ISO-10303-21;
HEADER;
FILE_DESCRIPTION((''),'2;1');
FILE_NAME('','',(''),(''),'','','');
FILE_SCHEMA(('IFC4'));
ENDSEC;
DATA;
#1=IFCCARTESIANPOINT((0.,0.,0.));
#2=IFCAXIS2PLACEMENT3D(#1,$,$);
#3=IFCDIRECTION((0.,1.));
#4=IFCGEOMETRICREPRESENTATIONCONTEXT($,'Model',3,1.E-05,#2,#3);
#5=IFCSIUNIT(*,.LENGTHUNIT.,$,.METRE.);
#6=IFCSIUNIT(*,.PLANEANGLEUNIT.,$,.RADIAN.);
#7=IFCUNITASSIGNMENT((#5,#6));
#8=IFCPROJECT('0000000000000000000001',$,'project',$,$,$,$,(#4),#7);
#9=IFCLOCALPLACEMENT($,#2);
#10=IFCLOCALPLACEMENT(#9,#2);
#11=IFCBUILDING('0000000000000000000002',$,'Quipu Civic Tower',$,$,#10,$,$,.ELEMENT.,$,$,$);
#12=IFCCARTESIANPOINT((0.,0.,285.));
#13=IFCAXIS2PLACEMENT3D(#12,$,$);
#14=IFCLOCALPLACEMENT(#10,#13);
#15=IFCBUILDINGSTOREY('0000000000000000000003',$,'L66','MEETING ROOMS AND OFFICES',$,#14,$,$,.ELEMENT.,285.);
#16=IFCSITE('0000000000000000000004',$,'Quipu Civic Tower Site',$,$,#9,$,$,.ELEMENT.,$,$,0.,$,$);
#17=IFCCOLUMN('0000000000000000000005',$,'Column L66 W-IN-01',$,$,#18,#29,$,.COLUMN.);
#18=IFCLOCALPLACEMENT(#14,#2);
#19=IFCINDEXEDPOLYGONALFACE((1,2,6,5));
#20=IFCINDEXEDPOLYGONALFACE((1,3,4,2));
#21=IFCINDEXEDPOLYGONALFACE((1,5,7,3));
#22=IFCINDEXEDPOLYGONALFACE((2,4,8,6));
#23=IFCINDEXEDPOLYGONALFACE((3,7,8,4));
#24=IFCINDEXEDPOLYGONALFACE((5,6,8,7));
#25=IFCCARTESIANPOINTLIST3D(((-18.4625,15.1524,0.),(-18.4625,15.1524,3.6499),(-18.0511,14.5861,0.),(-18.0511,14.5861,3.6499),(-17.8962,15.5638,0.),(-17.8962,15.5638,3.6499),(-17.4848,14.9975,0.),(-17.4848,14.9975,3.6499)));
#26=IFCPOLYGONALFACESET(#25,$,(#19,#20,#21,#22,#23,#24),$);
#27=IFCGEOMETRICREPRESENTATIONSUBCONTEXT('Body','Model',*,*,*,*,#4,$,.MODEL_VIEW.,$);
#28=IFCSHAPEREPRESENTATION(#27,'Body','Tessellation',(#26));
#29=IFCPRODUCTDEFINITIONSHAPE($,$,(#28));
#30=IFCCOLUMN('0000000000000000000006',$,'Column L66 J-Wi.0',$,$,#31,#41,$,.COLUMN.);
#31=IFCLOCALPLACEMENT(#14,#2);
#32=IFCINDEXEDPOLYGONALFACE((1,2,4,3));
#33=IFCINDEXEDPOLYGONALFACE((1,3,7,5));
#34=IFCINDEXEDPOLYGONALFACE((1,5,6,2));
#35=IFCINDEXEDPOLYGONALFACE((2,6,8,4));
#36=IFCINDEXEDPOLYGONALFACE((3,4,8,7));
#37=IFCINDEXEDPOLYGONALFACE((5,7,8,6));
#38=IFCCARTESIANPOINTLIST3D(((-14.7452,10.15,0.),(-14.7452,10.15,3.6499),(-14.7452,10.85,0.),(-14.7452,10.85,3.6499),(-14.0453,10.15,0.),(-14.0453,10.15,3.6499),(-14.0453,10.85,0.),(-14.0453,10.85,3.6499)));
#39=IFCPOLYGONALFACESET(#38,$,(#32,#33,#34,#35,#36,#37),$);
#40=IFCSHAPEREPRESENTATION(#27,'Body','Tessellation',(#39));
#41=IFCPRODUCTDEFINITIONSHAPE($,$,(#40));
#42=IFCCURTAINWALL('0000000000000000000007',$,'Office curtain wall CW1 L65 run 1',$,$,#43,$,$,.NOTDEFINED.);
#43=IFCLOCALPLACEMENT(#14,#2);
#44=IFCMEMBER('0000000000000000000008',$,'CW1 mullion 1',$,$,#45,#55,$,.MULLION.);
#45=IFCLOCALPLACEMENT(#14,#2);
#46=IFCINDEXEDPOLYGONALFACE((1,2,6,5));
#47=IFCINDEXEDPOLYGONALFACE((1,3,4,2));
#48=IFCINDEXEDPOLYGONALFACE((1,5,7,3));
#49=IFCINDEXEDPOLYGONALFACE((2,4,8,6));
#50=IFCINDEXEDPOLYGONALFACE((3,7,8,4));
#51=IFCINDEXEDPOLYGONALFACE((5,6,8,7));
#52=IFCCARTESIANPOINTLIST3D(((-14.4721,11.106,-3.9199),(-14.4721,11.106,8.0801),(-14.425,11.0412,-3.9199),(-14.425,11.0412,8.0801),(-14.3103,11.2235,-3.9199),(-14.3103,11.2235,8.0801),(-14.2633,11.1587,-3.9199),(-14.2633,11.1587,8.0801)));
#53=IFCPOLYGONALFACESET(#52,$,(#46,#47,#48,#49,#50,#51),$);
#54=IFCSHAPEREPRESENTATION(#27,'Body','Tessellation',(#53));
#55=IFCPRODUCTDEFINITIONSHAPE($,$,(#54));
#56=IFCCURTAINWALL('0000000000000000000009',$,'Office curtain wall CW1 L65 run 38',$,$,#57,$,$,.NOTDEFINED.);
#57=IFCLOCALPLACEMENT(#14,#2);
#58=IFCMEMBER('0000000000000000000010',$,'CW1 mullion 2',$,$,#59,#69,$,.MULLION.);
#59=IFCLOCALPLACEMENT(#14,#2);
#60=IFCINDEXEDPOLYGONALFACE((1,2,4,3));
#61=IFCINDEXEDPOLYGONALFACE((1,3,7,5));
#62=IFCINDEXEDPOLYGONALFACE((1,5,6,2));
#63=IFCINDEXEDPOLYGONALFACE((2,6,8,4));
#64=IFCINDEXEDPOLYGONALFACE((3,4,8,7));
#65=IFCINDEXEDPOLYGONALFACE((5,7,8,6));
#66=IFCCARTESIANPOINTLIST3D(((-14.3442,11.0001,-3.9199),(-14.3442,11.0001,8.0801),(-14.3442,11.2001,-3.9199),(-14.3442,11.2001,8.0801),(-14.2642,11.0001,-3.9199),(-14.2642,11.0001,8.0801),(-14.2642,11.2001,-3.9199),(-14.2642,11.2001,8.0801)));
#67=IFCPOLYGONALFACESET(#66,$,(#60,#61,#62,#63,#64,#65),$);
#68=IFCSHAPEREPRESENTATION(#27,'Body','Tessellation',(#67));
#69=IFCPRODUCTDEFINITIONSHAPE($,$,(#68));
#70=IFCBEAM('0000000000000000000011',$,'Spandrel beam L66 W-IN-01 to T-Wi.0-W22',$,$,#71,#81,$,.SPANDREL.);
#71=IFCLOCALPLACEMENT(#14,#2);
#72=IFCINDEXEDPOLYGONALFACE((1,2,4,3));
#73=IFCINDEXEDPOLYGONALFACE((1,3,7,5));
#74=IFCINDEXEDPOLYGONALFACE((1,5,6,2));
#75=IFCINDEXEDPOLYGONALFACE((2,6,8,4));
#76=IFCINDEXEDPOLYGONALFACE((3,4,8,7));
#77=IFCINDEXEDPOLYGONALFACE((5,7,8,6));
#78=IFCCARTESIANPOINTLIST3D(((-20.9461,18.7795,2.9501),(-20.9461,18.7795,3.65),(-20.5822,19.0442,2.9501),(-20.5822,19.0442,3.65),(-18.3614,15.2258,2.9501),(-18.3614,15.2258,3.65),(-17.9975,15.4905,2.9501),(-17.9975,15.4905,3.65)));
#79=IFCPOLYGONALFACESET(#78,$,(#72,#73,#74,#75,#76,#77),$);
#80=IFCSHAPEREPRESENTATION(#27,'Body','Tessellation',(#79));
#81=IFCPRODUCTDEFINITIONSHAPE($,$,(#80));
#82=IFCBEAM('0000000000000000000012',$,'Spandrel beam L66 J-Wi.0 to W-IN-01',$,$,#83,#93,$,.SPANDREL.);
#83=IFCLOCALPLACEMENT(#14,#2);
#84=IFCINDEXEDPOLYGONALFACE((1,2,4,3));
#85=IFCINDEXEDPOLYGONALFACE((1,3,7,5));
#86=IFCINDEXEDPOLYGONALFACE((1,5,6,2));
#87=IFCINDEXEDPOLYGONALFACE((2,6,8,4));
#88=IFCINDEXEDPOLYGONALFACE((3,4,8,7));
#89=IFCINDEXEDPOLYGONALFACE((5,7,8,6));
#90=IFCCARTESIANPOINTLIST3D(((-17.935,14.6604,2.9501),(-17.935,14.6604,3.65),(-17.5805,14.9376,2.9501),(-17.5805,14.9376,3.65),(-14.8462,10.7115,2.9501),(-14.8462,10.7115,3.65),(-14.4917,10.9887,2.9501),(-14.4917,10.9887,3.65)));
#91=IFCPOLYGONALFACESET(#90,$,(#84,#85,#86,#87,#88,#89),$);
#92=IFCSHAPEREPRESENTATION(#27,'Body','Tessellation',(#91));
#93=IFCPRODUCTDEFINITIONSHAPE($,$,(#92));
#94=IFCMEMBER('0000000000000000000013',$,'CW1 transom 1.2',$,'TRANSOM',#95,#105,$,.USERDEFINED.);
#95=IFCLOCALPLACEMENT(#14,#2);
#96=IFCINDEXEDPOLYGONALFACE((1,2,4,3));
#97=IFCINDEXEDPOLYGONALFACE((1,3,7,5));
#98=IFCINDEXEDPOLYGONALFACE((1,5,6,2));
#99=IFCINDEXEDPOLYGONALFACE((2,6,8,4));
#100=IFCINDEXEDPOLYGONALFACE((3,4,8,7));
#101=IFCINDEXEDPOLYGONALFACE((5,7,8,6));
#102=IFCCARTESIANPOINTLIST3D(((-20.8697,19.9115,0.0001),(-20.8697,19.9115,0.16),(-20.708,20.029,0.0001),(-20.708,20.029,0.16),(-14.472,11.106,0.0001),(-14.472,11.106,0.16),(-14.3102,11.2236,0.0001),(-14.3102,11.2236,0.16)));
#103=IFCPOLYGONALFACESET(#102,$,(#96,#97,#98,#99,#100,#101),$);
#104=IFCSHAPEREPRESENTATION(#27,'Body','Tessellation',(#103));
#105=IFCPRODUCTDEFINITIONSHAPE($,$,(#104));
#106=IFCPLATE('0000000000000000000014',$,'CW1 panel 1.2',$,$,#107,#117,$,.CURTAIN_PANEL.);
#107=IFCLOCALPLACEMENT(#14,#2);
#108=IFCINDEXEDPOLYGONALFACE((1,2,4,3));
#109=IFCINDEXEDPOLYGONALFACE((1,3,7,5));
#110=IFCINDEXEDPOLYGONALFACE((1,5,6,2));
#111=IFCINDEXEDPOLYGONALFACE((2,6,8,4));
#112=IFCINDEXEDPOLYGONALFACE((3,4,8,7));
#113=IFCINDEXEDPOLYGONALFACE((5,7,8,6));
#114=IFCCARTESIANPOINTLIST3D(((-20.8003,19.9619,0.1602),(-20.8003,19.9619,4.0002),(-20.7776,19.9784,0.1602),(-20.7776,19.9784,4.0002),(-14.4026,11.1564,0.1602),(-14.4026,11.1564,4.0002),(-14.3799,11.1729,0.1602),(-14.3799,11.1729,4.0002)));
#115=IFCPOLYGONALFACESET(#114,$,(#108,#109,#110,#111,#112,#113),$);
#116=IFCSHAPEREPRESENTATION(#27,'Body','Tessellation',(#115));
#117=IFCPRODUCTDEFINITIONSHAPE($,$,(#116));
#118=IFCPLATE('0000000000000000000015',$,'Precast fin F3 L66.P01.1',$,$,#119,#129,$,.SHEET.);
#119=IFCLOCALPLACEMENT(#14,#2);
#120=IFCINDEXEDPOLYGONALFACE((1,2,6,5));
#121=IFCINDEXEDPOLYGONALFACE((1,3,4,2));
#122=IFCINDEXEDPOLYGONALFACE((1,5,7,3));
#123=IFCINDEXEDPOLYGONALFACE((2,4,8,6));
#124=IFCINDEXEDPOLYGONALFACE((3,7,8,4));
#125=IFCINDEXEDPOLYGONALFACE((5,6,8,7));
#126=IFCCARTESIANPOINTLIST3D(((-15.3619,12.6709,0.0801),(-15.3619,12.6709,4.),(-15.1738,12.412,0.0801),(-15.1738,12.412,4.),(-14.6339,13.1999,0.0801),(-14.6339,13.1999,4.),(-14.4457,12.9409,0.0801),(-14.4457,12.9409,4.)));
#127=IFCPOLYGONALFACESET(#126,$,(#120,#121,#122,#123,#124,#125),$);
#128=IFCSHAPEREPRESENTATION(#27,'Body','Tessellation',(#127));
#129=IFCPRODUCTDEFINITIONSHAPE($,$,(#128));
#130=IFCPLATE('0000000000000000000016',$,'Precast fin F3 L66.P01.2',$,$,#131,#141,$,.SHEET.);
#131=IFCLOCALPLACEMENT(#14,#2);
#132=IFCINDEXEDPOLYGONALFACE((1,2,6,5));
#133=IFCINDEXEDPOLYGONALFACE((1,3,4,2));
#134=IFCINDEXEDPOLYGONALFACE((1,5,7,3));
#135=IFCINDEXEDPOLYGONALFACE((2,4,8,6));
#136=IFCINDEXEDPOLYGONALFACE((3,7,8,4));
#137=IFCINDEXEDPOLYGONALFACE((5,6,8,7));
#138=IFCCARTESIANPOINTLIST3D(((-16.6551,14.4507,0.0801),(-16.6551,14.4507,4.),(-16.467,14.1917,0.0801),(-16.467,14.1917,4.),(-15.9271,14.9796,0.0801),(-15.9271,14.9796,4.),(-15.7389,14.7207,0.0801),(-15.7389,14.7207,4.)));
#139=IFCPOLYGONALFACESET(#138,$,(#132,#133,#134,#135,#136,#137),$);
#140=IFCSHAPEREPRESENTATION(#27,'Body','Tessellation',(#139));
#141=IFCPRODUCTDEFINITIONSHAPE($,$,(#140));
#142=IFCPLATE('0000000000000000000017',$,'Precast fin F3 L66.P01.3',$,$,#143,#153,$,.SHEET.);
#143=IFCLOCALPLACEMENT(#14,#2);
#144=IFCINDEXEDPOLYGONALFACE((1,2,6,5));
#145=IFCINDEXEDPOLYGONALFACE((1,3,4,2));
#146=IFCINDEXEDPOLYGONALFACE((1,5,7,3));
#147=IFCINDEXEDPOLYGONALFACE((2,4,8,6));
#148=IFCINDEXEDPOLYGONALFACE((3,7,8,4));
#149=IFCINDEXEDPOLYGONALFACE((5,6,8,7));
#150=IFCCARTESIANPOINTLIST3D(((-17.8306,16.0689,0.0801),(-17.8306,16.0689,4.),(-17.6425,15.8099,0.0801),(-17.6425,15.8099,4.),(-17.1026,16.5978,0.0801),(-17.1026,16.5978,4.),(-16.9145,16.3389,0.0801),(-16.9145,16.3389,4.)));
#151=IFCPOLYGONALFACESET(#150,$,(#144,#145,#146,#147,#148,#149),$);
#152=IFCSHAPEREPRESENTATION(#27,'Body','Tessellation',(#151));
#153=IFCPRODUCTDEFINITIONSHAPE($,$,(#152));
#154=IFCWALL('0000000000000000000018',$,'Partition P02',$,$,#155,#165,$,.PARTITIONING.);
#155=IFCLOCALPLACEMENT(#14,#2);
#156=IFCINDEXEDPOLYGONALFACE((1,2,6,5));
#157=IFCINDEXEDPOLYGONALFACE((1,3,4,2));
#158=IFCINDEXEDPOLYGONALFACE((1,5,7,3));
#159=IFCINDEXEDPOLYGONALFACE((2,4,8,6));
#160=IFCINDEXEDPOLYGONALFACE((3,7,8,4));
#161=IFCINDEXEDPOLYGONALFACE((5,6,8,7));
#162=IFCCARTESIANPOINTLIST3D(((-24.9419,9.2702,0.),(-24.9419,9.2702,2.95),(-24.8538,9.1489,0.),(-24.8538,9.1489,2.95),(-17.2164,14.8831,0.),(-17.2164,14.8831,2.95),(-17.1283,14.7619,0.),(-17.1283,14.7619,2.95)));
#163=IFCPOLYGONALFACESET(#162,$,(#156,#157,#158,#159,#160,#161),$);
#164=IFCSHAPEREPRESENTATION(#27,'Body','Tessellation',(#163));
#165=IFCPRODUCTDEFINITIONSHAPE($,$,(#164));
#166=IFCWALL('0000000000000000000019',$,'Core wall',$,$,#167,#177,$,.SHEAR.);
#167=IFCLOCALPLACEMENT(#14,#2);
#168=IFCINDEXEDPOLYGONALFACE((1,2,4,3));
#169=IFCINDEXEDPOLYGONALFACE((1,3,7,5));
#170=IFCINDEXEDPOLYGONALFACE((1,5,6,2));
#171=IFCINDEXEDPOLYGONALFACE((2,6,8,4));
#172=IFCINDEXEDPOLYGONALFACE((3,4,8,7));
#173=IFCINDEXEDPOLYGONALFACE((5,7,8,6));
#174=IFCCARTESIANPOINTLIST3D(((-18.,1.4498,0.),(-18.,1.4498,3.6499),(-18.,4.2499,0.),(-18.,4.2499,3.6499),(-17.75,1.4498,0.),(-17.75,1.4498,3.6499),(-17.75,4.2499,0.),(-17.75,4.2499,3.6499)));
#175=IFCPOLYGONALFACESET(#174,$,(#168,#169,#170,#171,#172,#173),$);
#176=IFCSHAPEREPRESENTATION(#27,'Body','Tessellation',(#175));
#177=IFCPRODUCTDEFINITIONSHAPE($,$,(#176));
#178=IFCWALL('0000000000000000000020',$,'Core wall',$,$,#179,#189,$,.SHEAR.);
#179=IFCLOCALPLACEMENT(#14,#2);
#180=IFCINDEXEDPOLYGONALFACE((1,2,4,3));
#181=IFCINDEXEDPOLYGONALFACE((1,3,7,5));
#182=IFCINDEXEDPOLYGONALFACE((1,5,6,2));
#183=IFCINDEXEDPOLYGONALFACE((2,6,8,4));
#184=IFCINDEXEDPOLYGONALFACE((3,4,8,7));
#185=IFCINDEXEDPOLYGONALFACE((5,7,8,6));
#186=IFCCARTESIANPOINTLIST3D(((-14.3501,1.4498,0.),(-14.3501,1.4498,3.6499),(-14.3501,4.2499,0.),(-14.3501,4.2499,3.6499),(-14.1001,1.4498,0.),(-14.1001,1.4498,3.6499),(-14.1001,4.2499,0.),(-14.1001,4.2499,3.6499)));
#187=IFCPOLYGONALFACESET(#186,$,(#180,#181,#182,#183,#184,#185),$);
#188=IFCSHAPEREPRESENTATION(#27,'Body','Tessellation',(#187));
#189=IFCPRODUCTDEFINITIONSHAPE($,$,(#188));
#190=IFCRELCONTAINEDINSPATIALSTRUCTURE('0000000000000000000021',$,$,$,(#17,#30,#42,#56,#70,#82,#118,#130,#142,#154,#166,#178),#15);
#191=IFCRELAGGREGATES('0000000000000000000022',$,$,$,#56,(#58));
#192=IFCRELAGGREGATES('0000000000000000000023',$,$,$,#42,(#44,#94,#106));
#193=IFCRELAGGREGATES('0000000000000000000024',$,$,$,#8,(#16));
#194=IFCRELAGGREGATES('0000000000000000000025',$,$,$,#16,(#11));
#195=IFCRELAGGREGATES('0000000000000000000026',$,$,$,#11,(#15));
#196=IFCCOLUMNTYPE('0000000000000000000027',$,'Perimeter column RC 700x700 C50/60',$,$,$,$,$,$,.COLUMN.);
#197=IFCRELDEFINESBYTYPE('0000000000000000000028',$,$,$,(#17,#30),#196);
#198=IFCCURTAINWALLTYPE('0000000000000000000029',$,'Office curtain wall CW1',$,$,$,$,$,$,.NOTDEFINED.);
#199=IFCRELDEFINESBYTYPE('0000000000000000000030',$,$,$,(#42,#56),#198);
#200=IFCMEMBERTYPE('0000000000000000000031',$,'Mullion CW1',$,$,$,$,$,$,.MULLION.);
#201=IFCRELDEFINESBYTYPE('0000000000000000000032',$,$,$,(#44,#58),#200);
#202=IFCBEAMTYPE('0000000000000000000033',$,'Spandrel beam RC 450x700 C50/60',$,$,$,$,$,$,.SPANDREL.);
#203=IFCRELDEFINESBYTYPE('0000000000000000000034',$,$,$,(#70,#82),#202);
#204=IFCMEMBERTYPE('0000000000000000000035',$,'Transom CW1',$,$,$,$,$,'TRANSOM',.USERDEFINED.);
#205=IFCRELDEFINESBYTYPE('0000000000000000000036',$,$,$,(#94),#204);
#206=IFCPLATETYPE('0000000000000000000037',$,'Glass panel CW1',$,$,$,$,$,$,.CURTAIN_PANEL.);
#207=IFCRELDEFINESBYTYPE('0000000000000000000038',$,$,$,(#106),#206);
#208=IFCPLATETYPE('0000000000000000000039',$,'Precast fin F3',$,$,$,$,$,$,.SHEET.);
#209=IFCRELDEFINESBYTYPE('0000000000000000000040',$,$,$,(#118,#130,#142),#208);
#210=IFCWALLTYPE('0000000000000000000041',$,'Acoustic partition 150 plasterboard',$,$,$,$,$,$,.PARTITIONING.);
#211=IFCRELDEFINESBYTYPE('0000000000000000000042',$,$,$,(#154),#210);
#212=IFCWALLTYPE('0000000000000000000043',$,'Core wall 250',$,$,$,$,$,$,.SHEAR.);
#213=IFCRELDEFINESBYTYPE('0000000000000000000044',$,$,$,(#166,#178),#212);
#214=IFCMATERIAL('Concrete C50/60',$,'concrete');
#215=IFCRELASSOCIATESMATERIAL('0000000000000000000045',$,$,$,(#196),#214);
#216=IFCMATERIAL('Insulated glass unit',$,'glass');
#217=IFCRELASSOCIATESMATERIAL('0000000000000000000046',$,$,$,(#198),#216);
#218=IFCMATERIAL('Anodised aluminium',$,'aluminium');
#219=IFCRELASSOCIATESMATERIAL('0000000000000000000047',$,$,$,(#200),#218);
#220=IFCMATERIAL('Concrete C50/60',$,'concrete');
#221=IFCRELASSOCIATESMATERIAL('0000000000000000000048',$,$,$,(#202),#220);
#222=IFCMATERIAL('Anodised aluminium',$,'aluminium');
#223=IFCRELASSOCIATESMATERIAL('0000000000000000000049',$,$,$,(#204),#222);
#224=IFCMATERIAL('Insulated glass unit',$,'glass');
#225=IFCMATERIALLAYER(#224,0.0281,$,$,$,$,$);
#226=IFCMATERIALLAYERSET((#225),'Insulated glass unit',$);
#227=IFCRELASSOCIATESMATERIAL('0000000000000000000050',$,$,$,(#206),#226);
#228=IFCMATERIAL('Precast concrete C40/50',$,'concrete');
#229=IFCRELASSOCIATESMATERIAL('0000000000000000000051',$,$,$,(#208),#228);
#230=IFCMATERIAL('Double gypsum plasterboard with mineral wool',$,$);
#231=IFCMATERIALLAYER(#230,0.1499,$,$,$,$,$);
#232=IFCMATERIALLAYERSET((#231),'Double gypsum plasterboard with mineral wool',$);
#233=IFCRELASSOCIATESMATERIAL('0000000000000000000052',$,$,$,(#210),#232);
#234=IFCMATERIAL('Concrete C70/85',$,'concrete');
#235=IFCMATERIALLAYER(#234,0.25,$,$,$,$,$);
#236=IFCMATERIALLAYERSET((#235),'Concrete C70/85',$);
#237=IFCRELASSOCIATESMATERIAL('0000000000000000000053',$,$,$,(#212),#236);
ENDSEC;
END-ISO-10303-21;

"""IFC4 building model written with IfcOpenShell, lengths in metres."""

from ifc_helpers import new_model, si_unit, direction, frame, frame_2d, origin, origin_2d, place, context, subcontext, project, spatial, rectangle, extrude, material, layer, layer_set, material_profile, profile_set, type_object, element, aggregate, save


model = new_model("IFC4")

# Units and contexts
model_context = context("Model", 3, precision=1e-05, world=origin(), true_north=direction((0.0, 1.0)))
body_context = subcontext(model_context, "Body", "Model", "MODEL_VIEW")
ifc_project = project(units=[si_unit("LENGTHUNIT", "METRE"), si_unit("PLANEANGLEUNIT", "RADIAN")], contexts=[model_context])

# Site, building, storey
site_placement = place(None, origin())
site = spatial("IfcSite", under=ifc_project, at=site_placement, Name="Quipu Civic Tower Site", CompositionType="ELEMENT", RefElevation=0.0)
building_placement = place(site_placement, origin())
building = spatial("IfcBuilding", under=site, at=building_placement, Name="Quipu Civic Tower", CompositionType="ELEMENT")
storey_placement = place(building_placement, frame((0.0, 0.0, 285.0)))
storey = spatial("IfcBuildingStorey", under=building, at=storey_placement, Name="L66", Description="MEETING ROOMS AND OFFICES", CompositionType="ELEMENT", Elevation=285.0)

# Columns
ifc_material_1 = material(Name="Concrete C50/60", Category="concrete")
ifc_material_profile_1 = material_profile(ifc_material_1, rectangle(XDim=0.7, YDim=0.7, at=origin_2d()), Name="RC700x700")
ifc_profile_set_1 = profile_set([ifc_material_profile_1], Name="Concrete C50/60")
column_type = type_object("IfcColumnType", Name="Perimeter column RC 700x700 C50/60", PredefinedType="COLUMN", material=ifc_profile_set_1)
for number, where, z_axis, x_axis, name in (
    (1, (-17.9736, 15.075, 0.0), (0.0, 0.0, 1.0), (-0.587785, 0.809017, 0.0), "Column L66 W-IN-01"),
    (2, (-14.3953, 10.5, 0.0), (0.0, 0.0, 1.0), (-1.0, 0.0, 0.0), "Column L66 J-Wi.0"),
):
    element("IfcColumn", number, at=place(storey_placement, frame(where, z_axis=z_axis, x_axis=x_axis)), inside=storey, type_object=column_type, Name=name, PredefinedType="COLUMN", context=body_context, shape_type="SweptSolid", body=[
        extrude(rectangle(XDim=0.7, YDim=0.7, at=origin_2d()), origin(), (0.0, 0.0, 1.0), 3.6499),
    ])

# Curtain walls, members
ifc_material_2 = material(Name="Insulated glass unit", Category="glass")
curtain_wall_type = type_object("IfcCurtainWallType", Name="Office curtain wall CW1", PredefinedType="NOTDEFINED", material=ifc_material_2)
curtain_wall_1_placement = place(storey_placement, origin())
curtain_wall_1 = element("IfcCurtainWall", 3, at=curtain_wall_1_placement, inside=storey, type_object=curtain_wall_type, Name="Office curtain wall CW1 L65 run 1", PredefinedType="NOTDEFINED")
ifc_material_3 = material(Name="Anodised aluminium", Category="aluminium")
ifc_material_profile_2 = material_profile(ifc_material_3, rectangle(XDim=0.2, YDim=0.0801, at=origin_2d()), Name="RECT 200x80")
ifc_profile_set_2 = profile_set([ifc_material_profile_2], Name="Anodised aluminium")
member_type_1 = type_object("IfcMemberType", Name="Mullion CW1", PredefinedType="MULLION", material=ifc_profile_set_2)
member_1_placement = place(storey_placement, frame((-14.3677, 11.1323, -3.9199), z_axis=(0.0, 0.0, 1.0), x_axis=(-0.809015, -0.587788, 0.0)))
member_1 = element("IfcMember", 4, at=member_1_placement, type_object=member_type_1, Name="CW1 mullion 1", PredefinedType="MULLION", context=body_context, shape_type="SweptSolid", body=[
    extrude(rectangle(XDim=0.2, YDim=0.0801, at=origin_2d()), origin(), (0.0, 0.0, 1.0), 12.0),
])
curtain_wall_2_placement = place(storey_placement, origin())
curtain_wall_2 = element("IfcCurtainWall", 5, at=curtain_wall_2_placement, inside=storey, type_object=curtain_wall_type, Name="Office curtain wall CW1 L65 run 38", PredefinedType="NOTDEFINED")
member_2_placement = place(storey_placement, frame((-14.3042, 11.1001, -3.9199), z_axis=(0.0, 0.0, 1.0), x_axis=(0.0, -1.0, 0.0)))
member_2 = element("IfcMember", 6, at=member_2_placement, type_object=member_type_1, Name="CW1 mullion 2", PredefinedType="MULLION", context=body_context, shape_type="SweptSolid", body=[
    extrude(rectangle(XDim=0.2, YDim=0.0801, at=origin_2d()), origin(), (0.0, 0.0, 1.0), 12.0),
])
aggregate(curtain_wall_2, [member_2])

# Beams
ifc_material_4 = material(Name="Concrete C50/60", Category="concrete")
ifc_material_profile_3 = material_profile(ifc_material_4, rectangle(XDim=0.45, YDim=0.7, at=origin_2d()), Name="RC450x700")
ifc_profile_set_3 = profile_set([ifc_material_profile_3], Name="Concrete C50/60")
beam_type = type_object("IfcBeamType", Name="Spandrel beam RC 450x700 C50/60", PredefinedType="SPANDREL", material=ifc_profile_set_3)
beam_1_placement = place(storey_placement, frame((-18.1794, 15.3582, 3.3), z_axis=(-0.588201, 0.808714, 0.0), x_axis=(-0.808714, -0.588201, 0.0)))
element("IfcBeam", 7, at=beam_1_placement, inside=storey, type_object=beam_type, Name="Spandrel beam L66 W-IN-01 to T-Wi.0-W22", PredefinedType="SPANDREL", context=body_context, shape_type="SweptSolid", body=[
    extrude(rectangle(XDim=0.45, YDim=0.7, at=origin_2d()), origin(), (0.0, 0.0, 1.0), 4.3943),
])
beam_2_placement = place(storey_placement, frame((-14.6689, 10.8501, 3.3), z_axis=(-0.616106, 0.787663, 0.0), x_axis=(-0.787663, -0.616106, 0.0)))
element("IfcBeam", 8, at=beam_2_placement, inside=storey, type_object=beam_type, Name="Spandrel beam L66 J-Wi.0 to W-IN-01", PredefinedType="SPANDREL", context=body_context, shape_type="SweptSolid", body=[
    extrude(rectangle(XDim=0.45, YDim=0.7, at=origin_2d()), origin(), (0.0, 0.0, 1.0), 5.0134),
])

# Member
ifc_material_5 = material(Name="Anodised aluminium", Category="aluminium")
ifc_material_profile_4 = material_profile(ifc_material_5, rectangle(XDim=0.2, YDim=0.1599, at=origin_2d()), Name="RECT 200x160")
ifc_profile_set_4 = profile_set([ifc_material_profile_4], Name="Anodised aluminium")
member_type_2 = type_object("IfcMemberType", Name="Transom CW1", ElementType="TRANSOM", PredefinedType="USERDEFINED", material=ifc_profile_set_4)
member_3_placement = place(storey_placement, frame((-14.3911, 11.1648, 0.0801), z_axis=(-0.587797, 0.809009, 0.0), x_axis=(-0.809009, -0.587797, 0.0)))
member_3 = element("IfcMember", 9, at=member_3_placement, type_object=member_type_2, Name="CW1 transom 1.2", ObjectType="TRANSOM", PredefinedType="USERDEFINED", context=body_context, shape_type="SweptSolid", body=[
    extrude(rectangle(XDim=0.2, YDim=0.1599, at=origin_2d()), origin(), (0.0, 0.0, 1.0), 10.8843),
])

# Plate
ifc_material_6 = material(Name="Insulated glass unit", Category="glass")
ifc_layer_1 = layer(ifc_material_6, 0.0281)
ifc_layer_set_1 = layer_set([ifc_layer_1], Name="Insulated glass unit")
plate_type_1 = type_object("IfcPlateType", Name="Glass panel CW1", PredefinedType="CURTAIN_PANEL", material=ifc_layer_set_1)
plate_placement = place(storey_placement, frame((-17.5901, 15.5674, 0.1602), z_axis=(0.0, 0.0, 1.0), x_axis=(-0.587788, 0.809015, 0.0)))
plate = element("IfcPlate", 10, at=plate_placement, type_object=plate_type_1, Name="CW1 panel 1.2", PredefinedType="CURTAIN_PANEL", context=body_context, shape_type="SweptSolid", body=[
    extrude(rectangle(XDim=10.8843, YDim=0.0281, at=origin_2d()), origin(), (0.0, 0.0, 1.0), 3.8401),
])
aggregate(curtain_wall_1, [member_1, member_3, plate])

# Plates
ifc_material_7 = material(Name="Precast concrete C40/50", Category="concrete")
plate_type_2 = type_object("IfcPlateType", Name="Precast fin F3", PredefinedType="SHEET", material=ifc_material_7)
for number, where, z_axis, x_axis, name in (
    (11, (-14.9038, 12.8059, 0.0801), (0.0, 0.0, 1.0), (-0.587784, 0.809018, 0.0), "Precast fin F3 L66.P01.1"),
    (12, (-16.197, 14.5857, 0.0801), (0.0, 0.0, 1.0), (-0.587784, 0.809018, 0.0), "Precast fin F3 L66.P01.2"),
    (13, (-17.3726, 16.2039, 0.0801), (0.0, 0.0, 1.0), (-0.587784, 0.809018, 0.0), "Precast fin F3 L66.P01.3"),
):
    element("IfcPlate", number, at=place(storey_placement, frame(where, z_axis=z_axis, x_axis=x_axis)), inside=storey, type_object=plate_type_2, Name=name, PredefinedType="SHEET", context=body_context, shape_type="SweptSolid", body=[
        extrude(rectangle(XDim=0.3201, YDim=0.8999, at=origin_2d()), origin(), (0.0, 0.0, 1.0), 3.9199),
    ])

# Walls
ifc_material_8 = material(Name="Double gypsum plasterboard with mineral wool")
ifc_layer_2 = layer(ifc_material_8, 0.1499)
ifc_layer_set_2 = layer_set([ifc_layer_2], Name="Double gypsum plasterboard with mineral wool")
wall_type_1 = type_object("IfcWallType", Name="Acoustic partition 150 plasterboard", PredefinedType="PARTITIONING", material=ifc_layer_set_2)
wall_1_placement = place(storey_placement, frame((-17.1724, 14.8225, 0.0), z_axis=(0.0, 0.0, 1.0), x_axis=(-0.809013, -0.58779, 0.0)))
element("IfcWall", 14, at=wall_1_placement, inside=storey, type_object=wall_type_1, Name="Partition P02", PredefinedType="PARTITIONING", context=body_context, shape_type="SweptSolid", body=[
    extrude(rectangle(XDim=9.5493, YDim=0.1499, at=frame_2d((4.7747, 0.0))), origin(), (0.0, 0.0, 1.0), 2.95),
])
ifc_material_9 = material(Name="Concrete C70/85", Category="concrete")
ifc_layer_3 = layer(ifc_material_9, 0.25)
ifc_layer_set_3 = layer_set([ifc_layer_3], Name="Concrete C70/85")
wall_type_2 = type_object("IfcWallType", Name="Core wall 250", PredefinedType="SHEAR", material=ifc_layer_set_3)
for number, where, z_axis, x_axis, name in (
    (15, (-17.875, 1.45, 0.0), (0.0, 0.0, 1.0), (0.0, 1.0, 0.0), "Core wall"),
    (16, (-14.2251, 1.45, 0.0), (0.0, 0.0, 1.0), (0.0, 1.0, 0.0), "Core wall"),
):
    element("IfcWall", number, at=place(storey_placement, frame(where, z_axis=z_axis, x_axis=x_axis)), inside=storey, type_object=wall_type_2, Name=name, PredefinedType="SHEAR", context=body_context, shape_type="SweptSolid", body=[
        extrude(rectangle(XDim=2.8, YDim=0.25, at=frame_2d((1.3999, 0.0))), origin(), (0.0, 0.0, 1.0), 3.6499),
    ])

save(model, "model.ifc")
